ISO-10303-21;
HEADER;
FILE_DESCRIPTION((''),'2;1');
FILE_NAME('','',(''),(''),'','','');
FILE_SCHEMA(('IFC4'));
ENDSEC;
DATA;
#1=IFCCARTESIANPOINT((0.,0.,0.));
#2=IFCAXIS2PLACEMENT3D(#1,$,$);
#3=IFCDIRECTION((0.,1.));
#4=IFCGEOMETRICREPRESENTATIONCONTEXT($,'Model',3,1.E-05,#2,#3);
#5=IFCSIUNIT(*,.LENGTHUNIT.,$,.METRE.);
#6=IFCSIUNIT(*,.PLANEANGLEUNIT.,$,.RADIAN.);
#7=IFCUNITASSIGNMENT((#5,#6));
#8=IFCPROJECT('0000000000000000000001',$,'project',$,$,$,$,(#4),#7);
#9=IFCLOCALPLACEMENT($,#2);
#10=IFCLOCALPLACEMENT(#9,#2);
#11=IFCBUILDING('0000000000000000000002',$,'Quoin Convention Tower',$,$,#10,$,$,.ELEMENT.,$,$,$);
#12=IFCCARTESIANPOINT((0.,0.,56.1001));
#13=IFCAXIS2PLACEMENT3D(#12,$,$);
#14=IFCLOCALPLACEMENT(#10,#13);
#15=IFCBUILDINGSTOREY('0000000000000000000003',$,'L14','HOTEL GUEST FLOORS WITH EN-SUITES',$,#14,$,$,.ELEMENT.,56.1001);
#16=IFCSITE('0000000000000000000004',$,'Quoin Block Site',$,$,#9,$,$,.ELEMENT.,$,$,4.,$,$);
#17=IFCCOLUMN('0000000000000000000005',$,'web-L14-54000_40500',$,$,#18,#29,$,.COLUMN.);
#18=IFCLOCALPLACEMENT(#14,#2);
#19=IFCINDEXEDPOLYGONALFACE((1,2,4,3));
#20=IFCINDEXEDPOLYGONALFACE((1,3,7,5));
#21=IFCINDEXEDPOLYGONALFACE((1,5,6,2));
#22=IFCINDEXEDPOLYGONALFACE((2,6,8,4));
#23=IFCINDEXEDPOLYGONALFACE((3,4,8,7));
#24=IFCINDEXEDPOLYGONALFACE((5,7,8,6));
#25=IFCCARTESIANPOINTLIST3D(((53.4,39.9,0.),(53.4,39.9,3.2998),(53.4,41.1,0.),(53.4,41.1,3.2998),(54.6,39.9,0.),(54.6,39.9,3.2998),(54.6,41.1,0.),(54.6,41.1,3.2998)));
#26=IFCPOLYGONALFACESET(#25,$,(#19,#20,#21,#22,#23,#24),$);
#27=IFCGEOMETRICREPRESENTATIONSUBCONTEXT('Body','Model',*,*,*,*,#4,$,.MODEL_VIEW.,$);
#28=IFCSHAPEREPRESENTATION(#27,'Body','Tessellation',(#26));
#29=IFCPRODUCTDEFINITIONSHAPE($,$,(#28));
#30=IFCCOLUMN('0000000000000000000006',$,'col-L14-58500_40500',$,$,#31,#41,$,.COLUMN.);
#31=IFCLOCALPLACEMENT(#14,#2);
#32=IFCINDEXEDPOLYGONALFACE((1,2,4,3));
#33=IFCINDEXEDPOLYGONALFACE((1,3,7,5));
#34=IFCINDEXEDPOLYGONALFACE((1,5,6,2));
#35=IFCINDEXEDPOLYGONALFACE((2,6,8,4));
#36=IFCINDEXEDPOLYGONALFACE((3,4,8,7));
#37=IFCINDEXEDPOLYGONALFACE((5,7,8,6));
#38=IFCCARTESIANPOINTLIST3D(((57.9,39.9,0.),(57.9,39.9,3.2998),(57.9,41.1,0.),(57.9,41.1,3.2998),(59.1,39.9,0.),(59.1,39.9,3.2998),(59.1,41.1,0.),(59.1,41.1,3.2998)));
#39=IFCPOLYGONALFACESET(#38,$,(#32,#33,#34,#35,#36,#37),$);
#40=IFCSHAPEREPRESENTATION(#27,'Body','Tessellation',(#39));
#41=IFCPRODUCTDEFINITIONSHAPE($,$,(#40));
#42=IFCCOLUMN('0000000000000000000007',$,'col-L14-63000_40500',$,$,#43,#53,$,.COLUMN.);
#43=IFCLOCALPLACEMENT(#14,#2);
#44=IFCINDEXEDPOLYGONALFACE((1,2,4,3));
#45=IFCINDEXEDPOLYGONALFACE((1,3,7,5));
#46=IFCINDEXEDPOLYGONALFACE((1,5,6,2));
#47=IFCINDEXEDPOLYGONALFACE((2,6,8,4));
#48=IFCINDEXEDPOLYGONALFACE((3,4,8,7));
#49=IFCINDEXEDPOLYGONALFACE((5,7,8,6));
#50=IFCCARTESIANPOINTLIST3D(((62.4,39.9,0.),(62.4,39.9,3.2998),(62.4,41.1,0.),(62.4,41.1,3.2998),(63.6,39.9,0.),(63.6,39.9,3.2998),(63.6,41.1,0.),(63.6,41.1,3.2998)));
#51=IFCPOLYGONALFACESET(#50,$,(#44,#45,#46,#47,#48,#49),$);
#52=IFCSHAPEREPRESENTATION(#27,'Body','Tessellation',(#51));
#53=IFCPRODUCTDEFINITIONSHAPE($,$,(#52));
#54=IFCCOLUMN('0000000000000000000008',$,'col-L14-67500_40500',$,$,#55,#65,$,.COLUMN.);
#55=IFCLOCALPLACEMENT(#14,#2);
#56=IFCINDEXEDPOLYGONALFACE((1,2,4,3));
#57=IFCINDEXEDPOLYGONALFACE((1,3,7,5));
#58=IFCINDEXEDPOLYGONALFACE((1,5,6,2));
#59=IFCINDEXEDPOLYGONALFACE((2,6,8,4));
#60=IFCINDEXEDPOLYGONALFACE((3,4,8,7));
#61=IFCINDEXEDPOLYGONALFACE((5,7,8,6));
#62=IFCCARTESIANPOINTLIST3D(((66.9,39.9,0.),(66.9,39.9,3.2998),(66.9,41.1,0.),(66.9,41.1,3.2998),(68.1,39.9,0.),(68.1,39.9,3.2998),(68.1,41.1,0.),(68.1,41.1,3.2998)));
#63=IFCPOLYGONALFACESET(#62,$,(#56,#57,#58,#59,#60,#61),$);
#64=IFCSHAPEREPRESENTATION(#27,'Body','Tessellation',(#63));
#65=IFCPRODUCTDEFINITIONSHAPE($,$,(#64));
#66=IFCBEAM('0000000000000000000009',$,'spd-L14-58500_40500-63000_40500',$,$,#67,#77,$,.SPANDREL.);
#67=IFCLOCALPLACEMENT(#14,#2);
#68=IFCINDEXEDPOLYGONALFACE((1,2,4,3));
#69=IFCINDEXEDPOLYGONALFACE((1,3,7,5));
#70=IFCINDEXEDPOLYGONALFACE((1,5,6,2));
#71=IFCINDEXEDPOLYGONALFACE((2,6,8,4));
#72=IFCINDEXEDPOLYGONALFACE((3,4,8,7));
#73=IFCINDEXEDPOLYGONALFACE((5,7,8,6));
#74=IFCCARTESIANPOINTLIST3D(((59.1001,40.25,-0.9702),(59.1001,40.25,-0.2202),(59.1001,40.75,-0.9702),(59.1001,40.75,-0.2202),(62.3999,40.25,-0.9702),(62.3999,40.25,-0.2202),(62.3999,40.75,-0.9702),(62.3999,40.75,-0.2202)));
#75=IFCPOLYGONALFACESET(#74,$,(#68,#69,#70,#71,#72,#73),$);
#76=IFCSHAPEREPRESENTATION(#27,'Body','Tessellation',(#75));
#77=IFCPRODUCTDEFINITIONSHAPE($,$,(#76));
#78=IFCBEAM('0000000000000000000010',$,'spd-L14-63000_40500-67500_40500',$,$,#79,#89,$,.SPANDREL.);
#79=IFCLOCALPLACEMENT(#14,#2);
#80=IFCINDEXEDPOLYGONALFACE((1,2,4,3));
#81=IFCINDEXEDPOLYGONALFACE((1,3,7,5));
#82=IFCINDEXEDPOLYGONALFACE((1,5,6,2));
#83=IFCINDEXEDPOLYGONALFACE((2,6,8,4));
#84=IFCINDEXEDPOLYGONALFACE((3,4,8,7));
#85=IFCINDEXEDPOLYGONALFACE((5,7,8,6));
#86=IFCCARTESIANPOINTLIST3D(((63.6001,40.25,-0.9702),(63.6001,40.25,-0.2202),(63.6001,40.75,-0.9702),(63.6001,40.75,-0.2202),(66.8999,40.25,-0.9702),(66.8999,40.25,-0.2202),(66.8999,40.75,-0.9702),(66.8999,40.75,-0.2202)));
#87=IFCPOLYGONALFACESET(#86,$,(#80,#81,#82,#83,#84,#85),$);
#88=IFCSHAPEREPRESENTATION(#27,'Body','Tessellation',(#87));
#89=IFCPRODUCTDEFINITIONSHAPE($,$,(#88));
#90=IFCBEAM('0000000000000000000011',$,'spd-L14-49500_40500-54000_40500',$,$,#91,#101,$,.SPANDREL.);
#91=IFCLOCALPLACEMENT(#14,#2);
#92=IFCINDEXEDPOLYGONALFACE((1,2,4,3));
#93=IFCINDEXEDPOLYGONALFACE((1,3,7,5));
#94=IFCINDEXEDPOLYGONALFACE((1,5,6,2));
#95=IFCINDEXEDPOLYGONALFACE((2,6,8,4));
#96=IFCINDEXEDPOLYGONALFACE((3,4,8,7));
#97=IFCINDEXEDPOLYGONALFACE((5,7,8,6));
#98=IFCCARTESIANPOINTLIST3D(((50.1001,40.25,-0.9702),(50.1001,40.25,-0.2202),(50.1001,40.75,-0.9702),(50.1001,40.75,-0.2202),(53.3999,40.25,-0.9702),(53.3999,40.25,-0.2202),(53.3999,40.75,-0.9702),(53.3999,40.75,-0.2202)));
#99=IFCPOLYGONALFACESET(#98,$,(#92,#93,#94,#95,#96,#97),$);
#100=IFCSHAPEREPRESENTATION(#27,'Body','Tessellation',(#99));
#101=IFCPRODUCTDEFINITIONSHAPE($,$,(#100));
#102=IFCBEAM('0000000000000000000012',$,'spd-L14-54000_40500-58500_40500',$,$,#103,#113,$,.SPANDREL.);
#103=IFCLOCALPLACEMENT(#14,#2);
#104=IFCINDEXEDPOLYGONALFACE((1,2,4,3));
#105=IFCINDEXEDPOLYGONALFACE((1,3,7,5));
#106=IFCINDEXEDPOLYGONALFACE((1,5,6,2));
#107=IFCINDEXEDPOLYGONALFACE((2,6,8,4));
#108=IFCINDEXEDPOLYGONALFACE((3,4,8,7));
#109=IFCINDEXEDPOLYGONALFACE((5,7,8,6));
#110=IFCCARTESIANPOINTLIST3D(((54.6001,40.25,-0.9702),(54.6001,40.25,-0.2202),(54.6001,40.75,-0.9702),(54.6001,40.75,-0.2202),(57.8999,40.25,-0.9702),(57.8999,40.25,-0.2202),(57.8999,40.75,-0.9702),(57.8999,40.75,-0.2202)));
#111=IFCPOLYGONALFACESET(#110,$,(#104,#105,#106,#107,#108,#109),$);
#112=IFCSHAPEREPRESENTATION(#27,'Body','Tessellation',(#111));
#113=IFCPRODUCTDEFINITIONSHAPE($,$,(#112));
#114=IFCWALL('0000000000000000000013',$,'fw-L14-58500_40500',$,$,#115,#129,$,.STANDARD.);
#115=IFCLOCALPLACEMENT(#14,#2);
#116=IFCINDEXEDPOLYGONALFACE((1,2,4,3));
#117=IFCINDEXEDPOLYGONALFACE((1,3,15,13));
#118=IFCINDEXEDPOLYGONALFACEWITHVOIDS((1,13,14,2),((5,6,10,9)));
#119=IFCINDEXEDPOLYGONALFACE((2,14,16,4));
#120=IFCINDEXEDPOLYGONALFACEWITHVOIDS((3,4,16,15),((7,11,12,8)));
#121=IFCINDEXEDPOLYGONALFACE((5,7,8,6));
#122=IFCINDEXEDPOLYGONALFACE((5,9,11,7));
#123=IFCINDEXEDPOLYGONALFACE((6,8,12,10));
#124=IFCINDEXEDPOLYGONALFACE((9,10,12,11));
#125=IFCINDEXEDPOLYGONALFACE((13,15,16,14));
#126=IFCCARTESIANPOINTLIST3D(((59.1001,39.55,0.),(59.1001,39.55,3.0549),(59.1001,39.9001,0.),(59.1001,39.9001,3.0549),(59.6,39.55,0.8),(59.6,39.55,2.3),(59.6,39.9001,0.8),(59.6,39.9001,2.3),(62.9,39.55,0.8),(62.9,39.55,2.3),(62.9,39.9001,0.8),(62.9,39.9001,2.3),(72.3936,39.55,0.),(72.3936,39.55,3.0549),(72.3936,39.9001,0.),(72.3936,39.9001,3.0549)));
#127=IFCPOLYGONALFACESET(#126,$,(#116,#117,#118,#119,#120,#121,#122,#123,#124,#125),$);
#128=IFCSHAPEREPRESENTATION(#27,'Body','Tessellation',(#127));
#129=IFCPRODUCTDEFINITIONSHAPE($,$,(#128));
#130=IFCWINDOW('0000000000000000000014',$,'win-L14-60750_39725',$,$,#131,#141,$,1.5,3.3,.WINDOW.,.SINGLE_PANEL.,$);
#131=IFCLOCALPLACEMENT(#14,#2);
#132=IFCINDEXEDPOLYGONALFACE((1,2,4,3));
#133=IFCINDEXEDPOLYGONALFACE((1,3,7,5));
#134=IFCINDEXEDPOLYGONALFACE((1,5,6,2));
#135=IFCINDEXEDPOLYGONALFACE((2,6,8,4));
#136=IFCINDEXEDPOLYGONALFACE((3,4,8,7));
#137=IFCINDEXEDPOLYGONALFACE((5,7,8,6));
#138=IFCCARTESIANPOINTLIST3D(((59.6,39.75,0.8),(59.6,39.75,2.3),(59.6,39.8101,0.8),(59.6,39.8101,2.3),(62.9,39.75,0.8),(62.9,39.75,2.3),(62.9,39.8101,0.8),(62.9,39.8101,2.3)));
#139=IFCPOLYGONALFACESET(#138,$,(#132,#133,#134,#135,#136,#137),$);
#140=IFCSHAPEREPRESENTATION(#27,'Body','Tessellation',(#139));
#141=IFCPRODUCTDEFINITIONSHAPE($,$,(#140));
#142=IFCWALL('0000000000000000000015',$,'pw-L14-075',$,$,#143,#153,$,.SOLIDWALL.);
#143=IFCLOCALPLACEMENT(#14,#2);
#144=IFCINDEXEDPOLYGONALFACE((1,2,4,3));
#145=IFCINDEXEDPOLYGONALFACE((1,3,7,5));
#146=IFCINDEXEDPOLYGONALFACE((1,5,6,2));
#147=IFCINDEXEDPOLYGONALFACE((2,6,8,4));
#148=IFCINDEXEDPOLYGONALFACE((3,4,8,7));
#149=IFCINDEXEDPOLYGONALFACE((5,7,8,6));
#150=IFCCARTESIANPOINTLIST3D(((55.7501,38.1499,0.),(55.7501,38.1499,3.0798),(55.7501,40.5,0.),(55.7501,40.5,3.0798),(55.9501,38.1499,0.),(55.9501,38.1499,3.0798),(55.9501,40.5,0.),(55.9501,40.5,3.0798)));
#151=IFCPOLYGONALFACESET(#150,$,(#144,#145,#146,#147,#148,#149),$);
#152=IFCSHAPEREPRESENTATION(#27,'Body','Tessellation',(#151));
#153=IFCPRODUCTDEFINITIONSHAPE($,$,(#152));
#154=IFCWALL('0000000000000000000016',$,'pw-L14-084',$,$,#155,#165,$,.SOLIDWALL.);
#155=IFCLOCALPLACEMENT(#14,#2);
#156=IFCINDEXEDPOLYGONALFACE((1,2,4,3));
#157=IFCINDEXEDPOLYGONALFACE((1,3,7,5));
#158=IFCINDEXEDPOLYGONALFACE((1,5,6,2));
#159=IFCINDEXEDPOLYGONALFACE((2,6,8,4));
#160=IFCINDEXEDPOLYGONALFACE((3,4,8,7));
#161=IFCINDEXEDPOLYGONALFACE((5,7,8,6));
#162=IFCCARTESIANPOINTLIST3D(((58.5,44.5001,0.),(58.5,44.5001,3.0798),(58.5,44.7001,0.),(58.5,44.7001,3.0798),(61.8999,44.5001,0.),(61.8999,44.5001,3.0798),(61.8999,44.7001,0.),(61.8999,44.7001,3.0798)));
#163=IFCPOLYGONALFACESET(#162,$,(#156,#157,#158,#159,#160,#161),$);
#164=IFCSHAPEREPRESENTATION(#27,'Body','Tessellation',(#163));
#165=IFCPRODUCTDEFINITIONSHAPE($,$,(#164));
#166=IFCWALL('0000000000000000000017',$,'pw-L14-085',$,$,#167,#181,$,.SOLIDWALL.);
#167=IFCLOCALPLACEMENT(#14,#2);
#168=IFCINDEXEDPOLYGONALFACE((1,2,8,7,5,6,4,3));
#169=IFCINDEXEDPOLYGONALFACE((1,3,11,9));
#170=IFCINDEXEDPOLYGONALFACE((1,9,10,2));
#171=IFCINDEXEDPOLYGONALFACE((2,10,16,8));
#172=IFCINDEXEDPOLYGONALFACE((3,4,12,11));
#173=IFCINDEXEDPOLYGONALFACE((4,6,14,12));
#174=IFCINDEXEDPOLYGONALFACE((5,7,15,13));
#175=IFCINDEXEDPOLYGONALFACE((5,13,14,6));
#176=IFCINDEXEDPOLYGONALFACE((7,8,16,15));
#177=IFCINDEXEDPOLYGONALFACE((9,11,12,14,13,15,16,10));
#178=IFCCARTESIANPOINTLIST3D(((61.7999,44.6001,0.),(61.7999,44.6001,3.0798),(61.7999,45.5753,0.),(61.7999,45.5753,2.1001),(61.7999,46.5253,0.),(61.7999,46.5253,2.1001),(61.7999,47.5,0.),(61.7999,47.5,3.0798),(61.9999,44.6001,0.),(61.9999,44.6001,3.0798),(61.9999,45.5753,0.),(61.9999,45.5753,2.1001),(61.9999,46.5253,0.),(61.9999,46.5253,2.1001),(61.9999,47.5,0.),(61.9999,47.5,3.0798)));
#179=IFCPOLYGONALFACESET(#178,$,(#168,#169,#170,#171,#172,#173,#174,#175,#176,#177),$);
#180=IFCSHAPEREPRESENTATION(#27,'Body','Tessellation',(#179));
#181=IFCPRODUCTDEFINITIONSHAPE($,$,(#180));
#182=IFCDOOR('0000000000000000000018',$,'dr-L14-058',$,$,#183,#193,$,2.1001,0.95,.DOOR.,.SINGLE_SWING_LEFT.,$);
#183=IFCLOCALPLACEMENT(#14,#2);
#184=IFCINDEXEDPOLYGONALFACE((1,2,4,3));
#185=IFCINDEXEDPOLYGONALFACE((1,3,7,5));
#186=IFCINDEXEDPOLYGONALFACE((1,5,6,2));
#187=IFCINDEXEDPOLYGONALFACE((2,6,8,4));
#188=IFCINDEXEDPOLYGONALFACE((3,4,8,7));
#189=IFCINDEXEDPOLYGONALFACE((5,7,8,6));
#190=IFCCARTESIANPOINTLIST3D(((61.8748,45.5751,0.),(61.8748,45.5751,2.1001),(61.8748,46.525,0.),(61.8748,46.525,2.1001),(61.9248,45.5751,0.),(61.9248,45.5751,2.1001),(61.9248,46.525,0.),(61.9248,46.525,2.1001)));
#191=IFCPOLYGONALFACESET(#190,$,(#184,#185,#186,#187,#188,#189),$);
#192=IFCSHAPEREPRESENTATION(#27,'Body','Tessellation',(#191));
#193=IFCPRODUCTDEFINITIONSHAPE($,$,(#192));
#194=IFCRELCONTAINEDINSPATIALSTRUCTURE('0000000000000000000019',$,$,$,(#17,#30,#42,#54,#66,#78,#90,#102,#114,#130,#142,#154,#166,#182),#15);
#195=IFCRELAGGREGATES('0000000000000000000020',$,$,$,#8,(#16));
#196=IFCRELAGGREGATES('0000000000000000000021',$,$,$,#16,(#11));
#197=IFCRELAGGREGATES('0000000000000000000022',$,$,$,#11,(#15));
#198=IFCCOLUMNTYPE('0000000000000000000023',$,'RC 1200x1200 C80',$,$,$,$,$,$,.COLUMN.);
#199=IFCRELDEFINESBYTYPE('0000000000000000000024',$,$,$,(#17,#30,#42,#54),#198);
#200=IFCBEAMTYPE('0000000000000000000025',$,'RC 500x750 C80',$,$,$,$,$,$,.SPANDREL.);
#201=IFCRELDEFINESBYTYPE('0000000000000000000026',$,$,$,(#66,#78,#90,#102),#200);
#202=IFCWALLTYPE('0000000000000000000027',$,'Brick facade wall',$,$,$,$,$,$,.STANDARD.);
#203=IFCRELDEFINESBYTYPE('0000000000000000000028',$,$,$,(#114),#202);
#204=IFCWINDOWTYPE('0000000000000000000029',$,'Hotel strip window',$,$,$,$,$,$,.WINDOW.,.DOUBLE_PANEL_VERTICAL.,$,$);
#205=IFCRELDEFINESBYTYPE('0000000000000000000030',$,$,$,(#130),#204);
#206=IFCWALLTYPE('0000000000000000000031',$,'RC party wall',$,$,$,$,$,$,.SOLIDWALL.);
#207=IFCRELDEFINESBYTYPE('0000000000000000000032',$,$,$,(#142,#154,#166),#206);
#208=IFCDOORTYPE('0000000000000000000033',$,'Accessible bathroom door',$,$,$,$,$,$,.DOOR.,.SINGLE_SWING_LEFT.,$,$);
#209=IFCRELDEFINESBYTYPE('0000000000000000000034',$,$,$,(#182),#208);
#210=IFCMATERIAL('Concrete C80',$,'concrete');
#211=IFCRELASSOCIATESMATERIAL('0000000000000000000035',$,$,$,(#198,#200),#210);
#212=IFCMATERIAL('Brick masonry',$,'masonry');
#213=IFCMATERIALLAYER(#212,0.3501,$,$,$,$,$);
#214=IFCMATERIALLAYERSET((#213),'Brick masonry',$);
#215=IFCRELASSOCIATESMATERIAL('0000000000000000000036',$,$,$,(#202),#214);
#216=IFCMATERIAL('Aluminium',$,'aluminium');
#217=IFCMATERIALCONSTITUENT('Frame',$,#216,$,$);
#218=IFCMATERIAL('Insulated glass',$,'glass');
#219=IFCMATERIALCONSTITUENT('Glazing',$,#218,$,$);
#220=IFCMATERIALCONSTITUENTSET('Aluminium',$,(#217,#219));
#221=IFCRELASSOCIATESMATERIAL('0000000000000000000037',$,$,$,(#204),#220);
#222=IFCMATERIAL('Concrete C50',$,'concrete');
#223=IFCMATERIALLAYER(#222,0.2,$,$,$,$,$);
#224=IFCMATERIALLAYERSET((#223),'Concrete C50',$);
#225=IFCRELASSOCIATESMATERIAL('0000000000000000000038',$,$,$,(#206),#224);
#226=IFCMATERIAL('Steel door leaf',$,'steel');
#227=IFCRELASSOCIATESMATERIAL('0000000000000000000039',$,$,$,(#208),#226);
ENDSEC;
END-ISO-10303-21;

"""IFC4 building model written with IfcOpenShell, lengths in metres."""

from ifc_helpers import new_model, si_unit, direction, frame, frame_2d, origin, origin_2d, place, context, subcontext, project, spatial, rectangle, extrude, material, layer, layer_set, constituent, constituent_set, material_profile, profile_set, type_object, element, fill, save


model = new_model("IFC4")

# Units and contexts
model_context = context("Model", 3, precision=1e-05, world=origin(), true_north=direction((0.0, 1.0)))
body_context = subcontext(model_context, "Body", "Model", "MODEL_VIEW")
ifc_project = project(units=[si_unit("LENGTHUNIT", "METRE"), si_unit("PLANEANGLEUNIT", "RADIAN")], contexts=[model_context])

# Site, building, storey
site_placement = place(None, origin())
site = spatial("IfcSite", under=ifc_project, at=site_placement, Name="Quoin Block Site", CompositionType="ELEMENT", RefElevation=4.0)
building_placement = place(site_placement, origin())
building = spatial("IfcBuilding", under=site, at=building_placement, Name="Quoin Convention Tower", CompositionType="ELEMENT")
storey_placement = place(building_placement, frame((0.0, 0.0, 56.1001)))
storey = spatial("IfcBuildingStorey", under=building, at=storey_placement, Name="L14", Description="HOTEL GUEST FLOORS WITH EN-SUITES", CompositionType="ELEMENT", Elevation=56.1001)

# Columns
ifc_material_1 = material(Name="Concrete C80", Category="concrete")
ifc_material_profile_1 = material_profile(ifc_material_1, rectangle(XDim=1.2, YDim=1.2, at=origin_2d()), Name="RC 1200x1200")
ifc_profile_set_1 = profile_set([ifc_material_profile_1], Name="Concrete C80")
column_type = type_object("IfcColumnType", Name="RC 1200x1200 C80", PredefinedType="COLUMN", material=ifc_profile_set_1)
for number, where, z_axis, x_axis, name in (
    (1, (54.0, 40.5, 0.0), (0.0, 0.0, 1.0), (1.0, 0.0, 0.0), "web-L14-54000_40500"),
    (2, (58.5, 40.5, 0.0), (0.0, 0.0, 1.0), (1.0, 0.0, 0.0), "col-L14-58500_40500"),
    (3, (63.0, 40.5, 0.0), (0.0, 0.0, 1.0), (1.0, 0.0, 0.0), "col-L14-63000_40500"),
    (4, (67.5, 40.5, 0.0), (0.0, 0.0, 1.0), (1.0, 0.0, 0.0), "col-L14-67500_40500"),
):
    element("IfcColumn", number, at=place(storey_placement, frame(where, z_axis=z_axis, x_axis=x_axis)), inside=storey, type_object=column_type, Name=name, PredefinedType="COLUMN", context=body_context, shape_type="SweptSolid", body=[
        extrude(rectangle(XDim=1.2, YDim=1.2, at=origin_2d()), origin(), (0.0, 0.0, 1.0), 3.2998),
    ])

# Beams
ifc_material_profile_2 = material_profile(ifc_material_1, rectangle(XDim=0.5, YDim=0.75, at=origin_2d()), Name="RC 500x750")
ifc_profile_set_2 = profile_set([ifc_material_profile_2], Name="Concrete C80")
beam_type = type_object("IfcBeamType", Name="RC 500x750 C80", PredefinedType="SPANDREL", material=ifc_profile_set_2)
for number, where, z_axis, x_axis, name in (
    (5, (59.1001, 40.5, -0.5952), (1.0, 0.0, 0.0), (0.0, 1.0, 0.0), "spd-L14-58500_40500-63000_40500"),
    (6, (63.6001, 40.5, -0.5952), (1.0, 0.0, 0.0), (0.0, 1.0, 0.0), "spd-L14-63000_40500-67500_40500"),
    (7, (50.1001, 40.5, -0.5952), (1.0, 0.0, 0.0), (0.0, 1.0, 0.0), "spd-L14-49500_40500-54000_40500"),
    (8, (54.6001, 40.5, -0.5952), (1.0, 0.0, 0.0), (0.0, 1.0, 0.0), "spd-L14-54000_40500-58500_40500"),
):
    element("IfcBeam", number, at=place(storey_placement, frame(where, z_axis=z_axis, x_axis=x_axis)), inside=storey, type_object=beam_type, Name=name, PredefinedType="SPANDREL", context=body_context, shape_type="SweptSolid", body=[
        extrude(rectangle(XDim=0.5, YDim=0.75, at=origin_2d()), origin(), (0.0, 0.0, 1.0), 3.2998),
    ])

# Wall, opening, window
ifc_material_2 = material(Name="Brick masonry", Category="masonry")
ifc_layer_1 = layer(ifc_material_2, 0.3501)
ifc_layer_set_1 = layer_set([ifc_layer_1], Name="Brick masonry")
wall_type_1 = type_object("IfcWallType", Name="Brick facade wall", PredefinedType="STANDARD", material=ifc_layer_set_1)
wall_1_placement = place(storey_placement, frame((59.1001, 39.7251, 0.0), z_axis=(0.0, 0.0, 1.0), x_axis=(1.0, 0.0, 0.0)))
wall_1 = element("IfcWall", 9, at=wall_1_placement, inside=storey, type_object=wall_type_1, Name="fw-L14-58500_40500", PredefinedType="STANDARD", context=body_context, shape_type="SweptSolid", body=[
    extrude(rectangle(XDim=13.2935, YDim=0.3501, at=frame_2d((6.6467, 0.0))), origin(), (0.0, 0.0, 1.0), 3.0549),
])
opening_1_placement = place(wall_1_placement, frame((0.5, 0.0, 0.8)))
opening_1 = element("IfcOpeningElement", 10, at=opening_1_placement, cuts=wall_1, PredefinedType="OPENING", context=body_context, shape_type="SweptSolid", body=[
    extrude(rectangle(XDim=3.3, YDim=1.5, at=frame_2d((1.6499, 0.75))), frame((0.0, 0.1851, 0.0), z_axis=(0.0, -1.0, 0.0), x_axis=(1.0, 0.0, 0.0)), (0.0, 0.0, 1.0), 0.3701),
])
ifc_material_3 = material(Name="Aluminium", Category="aluminium")
ifc_constituent_1 = constituent(ifc_material_3, Name="Frame")
ifc_material_4 = material(Name="Insulated glass", Category="glass")
ifc_constituent_2 = constituent(ifc_material_4, Name="Glazing")
ifc_constituent_set = constituent_set(constituents=[ifc_constituent_1, ifc_constituent_2], Name="Aluminium")
window_type = type_object("IfcWindowType", Name="Hotel strip window", PartitioningType="DOUBLE_PANEL_VERTICAL", PredefinedType="WINDOW", material=ifc_constituent_set)
window_placement = place(opening_1_placement, origin())
window = element("IfcWindow", 11, at=window_placement, inside=storey, type_object=window_type, Name="win-L14-60750_39725", OverallHeight=1.5, OverallWidth=3.3, PartitioningType="SINGLE_PANEL", PredefinedType="WINDOW", context=body_context, shape_type="SweptSolid", body=[
    extrude(rectangle(XDim=3.3, YDim=1.5, at=frame_2d((1.6499, 0.75))), frame((0.0, 0.085, 0.0), z_axis=(0.0, -1.0, 0.0), x_axis=(1.0, 0.0, 0.0)), (0.0, 0.0, 1.0), 0.0601),
])
fill(opening_1, window)

# Walls
ifc_material_5 = material(Name="Concrete C50", Category="concrete")
ifc_layer_2 = layer(ifc_material_5, 0.2)
ifc_layer_set_2 = layer_set([ifc_layer_2], Name="Concrete C50")
wall_type_2 = type_object("IfcWallType", Name="RC party wall", PredefinedType="SOLIDWALL", material=ifc_layer_set_2)
wall_2_placement = place(storey_placement, frame((55.8501, 38.1499, 0.0), z_axis=(0.0, 0.0, 1.0), x_axis=(0.0, 1.0, 0.0)))
element("IfcWall", 12, at=wall_2_placement, inside=storey, type_object=wall_type_2, Name="pw-L14-075", PredefinedType="SOLIDWALL", context=body_context, shape_type="SweptSolid", body=[
    extrude(rectangle(XDim=2.3501, YDim=0.2, at=frame_2d((1.175, 0.0))), origin(), (0.0, 0.0, 1.0), 3.0798),
])
wall_3_placement = place(storey_placement, frame((58.5, 44.6001, 0.0), z_axis=(0.0, 0.0, 1.0), x_axis=(1.0, 0.0, 0.0)))
element("IfcWall", 13, at=wall_3_placement, inside=storey, type_object=wall_type_2, Name="pw-L14-084", PredefinedType="SOLIDWALL", context=body_context, shape_type="SweptSolid", body=[
    extrude(rectangle(XDim=3.3999, YDim=0.2, at=frame_2d((1.7, 0.0))), origin(), (0.0, 0.0, 1.0), 3.0798),
])

# Wall, opening, door
wall_4_placement = place(storey_placement, frame((61.8999, 44.6001, 0.0), z_axis=(0.0, 0.0, 1.0), x_axis=(0.0, 1.0, 0.0)))
wall_4 = element("IfcWall", 14, at=wall_4_placement, inside=storey, type_object=wall_type_2, Name="pw-L14-085", PredefinedType="SOLIDWALL", context=body_context, shape_type="SweptSolid", body=[
    extrude(rectangle(XDim=2.8999, YDim=0.2, at=frame_2d((1.45, 0.0))), origin(), (0.0, 0.0, 1.0), 3.0798),
])
opening_2_placement = place(wall_4_placement, frame((0.9751, 0.0, 0.0)))
opening_2 = element("IfcOpeningElement", 15, at=opening_2_placement, cuts=wall_4, PredefinedType="OPENING", context=body_context, shape_type="SweptSolid", body=[
    extrude(rectangle(XDim=0.95, YDim=2.1001, at=frame_2d((0.4751, 1.05))), frame((0.0, 0.1099, 0.0), z_axis=(0.0, -1.0, 0.0), x_axis=(1.0, 0.0, 0.0)), (0.0, 0.0, 1.0), 0.22),
])
ifc_material_6 = material(Name="Steel door leaf", Category="steel")
door_type = type_object("IfcDoorType", Name="Accessible bathroom door", OperationType="SINGLE_SWING_LEFT", PredefinedType="DOOR", material=ifc_material_6)
door_placement = place(opening_2_placement, frame((0.95, 0.0, 0.0), z_axis=(0.0, 0.0, 1.0), x_axis=(-1.0, 0.0, 0.0)))
door = element("IfcDoor", 16, at=door_placement, inside=storey, type_object=door_type, Name="dr-L14-058", OperationType="SINGLE_SWING_LEFT", OverallHeight=2.1001, OverallWidth=0.95, PredefinedType="DOOR", context=body_context, shape_type="SweptSolid", body=[
    extrude(rectangle(XDim=0.95, YDim=2.1001, at=frame_2d((0.4751, 1.05))), frame((0.0, 0.0249, 0.0), z_axis=(0.0, -1.0, 0.0), x_axis=(1.0, 0.0, 0.0)), (0.0, 0.0, 1.0), 0.05),
])
fill(opening_2, door)

save(model, "model.ifc")
